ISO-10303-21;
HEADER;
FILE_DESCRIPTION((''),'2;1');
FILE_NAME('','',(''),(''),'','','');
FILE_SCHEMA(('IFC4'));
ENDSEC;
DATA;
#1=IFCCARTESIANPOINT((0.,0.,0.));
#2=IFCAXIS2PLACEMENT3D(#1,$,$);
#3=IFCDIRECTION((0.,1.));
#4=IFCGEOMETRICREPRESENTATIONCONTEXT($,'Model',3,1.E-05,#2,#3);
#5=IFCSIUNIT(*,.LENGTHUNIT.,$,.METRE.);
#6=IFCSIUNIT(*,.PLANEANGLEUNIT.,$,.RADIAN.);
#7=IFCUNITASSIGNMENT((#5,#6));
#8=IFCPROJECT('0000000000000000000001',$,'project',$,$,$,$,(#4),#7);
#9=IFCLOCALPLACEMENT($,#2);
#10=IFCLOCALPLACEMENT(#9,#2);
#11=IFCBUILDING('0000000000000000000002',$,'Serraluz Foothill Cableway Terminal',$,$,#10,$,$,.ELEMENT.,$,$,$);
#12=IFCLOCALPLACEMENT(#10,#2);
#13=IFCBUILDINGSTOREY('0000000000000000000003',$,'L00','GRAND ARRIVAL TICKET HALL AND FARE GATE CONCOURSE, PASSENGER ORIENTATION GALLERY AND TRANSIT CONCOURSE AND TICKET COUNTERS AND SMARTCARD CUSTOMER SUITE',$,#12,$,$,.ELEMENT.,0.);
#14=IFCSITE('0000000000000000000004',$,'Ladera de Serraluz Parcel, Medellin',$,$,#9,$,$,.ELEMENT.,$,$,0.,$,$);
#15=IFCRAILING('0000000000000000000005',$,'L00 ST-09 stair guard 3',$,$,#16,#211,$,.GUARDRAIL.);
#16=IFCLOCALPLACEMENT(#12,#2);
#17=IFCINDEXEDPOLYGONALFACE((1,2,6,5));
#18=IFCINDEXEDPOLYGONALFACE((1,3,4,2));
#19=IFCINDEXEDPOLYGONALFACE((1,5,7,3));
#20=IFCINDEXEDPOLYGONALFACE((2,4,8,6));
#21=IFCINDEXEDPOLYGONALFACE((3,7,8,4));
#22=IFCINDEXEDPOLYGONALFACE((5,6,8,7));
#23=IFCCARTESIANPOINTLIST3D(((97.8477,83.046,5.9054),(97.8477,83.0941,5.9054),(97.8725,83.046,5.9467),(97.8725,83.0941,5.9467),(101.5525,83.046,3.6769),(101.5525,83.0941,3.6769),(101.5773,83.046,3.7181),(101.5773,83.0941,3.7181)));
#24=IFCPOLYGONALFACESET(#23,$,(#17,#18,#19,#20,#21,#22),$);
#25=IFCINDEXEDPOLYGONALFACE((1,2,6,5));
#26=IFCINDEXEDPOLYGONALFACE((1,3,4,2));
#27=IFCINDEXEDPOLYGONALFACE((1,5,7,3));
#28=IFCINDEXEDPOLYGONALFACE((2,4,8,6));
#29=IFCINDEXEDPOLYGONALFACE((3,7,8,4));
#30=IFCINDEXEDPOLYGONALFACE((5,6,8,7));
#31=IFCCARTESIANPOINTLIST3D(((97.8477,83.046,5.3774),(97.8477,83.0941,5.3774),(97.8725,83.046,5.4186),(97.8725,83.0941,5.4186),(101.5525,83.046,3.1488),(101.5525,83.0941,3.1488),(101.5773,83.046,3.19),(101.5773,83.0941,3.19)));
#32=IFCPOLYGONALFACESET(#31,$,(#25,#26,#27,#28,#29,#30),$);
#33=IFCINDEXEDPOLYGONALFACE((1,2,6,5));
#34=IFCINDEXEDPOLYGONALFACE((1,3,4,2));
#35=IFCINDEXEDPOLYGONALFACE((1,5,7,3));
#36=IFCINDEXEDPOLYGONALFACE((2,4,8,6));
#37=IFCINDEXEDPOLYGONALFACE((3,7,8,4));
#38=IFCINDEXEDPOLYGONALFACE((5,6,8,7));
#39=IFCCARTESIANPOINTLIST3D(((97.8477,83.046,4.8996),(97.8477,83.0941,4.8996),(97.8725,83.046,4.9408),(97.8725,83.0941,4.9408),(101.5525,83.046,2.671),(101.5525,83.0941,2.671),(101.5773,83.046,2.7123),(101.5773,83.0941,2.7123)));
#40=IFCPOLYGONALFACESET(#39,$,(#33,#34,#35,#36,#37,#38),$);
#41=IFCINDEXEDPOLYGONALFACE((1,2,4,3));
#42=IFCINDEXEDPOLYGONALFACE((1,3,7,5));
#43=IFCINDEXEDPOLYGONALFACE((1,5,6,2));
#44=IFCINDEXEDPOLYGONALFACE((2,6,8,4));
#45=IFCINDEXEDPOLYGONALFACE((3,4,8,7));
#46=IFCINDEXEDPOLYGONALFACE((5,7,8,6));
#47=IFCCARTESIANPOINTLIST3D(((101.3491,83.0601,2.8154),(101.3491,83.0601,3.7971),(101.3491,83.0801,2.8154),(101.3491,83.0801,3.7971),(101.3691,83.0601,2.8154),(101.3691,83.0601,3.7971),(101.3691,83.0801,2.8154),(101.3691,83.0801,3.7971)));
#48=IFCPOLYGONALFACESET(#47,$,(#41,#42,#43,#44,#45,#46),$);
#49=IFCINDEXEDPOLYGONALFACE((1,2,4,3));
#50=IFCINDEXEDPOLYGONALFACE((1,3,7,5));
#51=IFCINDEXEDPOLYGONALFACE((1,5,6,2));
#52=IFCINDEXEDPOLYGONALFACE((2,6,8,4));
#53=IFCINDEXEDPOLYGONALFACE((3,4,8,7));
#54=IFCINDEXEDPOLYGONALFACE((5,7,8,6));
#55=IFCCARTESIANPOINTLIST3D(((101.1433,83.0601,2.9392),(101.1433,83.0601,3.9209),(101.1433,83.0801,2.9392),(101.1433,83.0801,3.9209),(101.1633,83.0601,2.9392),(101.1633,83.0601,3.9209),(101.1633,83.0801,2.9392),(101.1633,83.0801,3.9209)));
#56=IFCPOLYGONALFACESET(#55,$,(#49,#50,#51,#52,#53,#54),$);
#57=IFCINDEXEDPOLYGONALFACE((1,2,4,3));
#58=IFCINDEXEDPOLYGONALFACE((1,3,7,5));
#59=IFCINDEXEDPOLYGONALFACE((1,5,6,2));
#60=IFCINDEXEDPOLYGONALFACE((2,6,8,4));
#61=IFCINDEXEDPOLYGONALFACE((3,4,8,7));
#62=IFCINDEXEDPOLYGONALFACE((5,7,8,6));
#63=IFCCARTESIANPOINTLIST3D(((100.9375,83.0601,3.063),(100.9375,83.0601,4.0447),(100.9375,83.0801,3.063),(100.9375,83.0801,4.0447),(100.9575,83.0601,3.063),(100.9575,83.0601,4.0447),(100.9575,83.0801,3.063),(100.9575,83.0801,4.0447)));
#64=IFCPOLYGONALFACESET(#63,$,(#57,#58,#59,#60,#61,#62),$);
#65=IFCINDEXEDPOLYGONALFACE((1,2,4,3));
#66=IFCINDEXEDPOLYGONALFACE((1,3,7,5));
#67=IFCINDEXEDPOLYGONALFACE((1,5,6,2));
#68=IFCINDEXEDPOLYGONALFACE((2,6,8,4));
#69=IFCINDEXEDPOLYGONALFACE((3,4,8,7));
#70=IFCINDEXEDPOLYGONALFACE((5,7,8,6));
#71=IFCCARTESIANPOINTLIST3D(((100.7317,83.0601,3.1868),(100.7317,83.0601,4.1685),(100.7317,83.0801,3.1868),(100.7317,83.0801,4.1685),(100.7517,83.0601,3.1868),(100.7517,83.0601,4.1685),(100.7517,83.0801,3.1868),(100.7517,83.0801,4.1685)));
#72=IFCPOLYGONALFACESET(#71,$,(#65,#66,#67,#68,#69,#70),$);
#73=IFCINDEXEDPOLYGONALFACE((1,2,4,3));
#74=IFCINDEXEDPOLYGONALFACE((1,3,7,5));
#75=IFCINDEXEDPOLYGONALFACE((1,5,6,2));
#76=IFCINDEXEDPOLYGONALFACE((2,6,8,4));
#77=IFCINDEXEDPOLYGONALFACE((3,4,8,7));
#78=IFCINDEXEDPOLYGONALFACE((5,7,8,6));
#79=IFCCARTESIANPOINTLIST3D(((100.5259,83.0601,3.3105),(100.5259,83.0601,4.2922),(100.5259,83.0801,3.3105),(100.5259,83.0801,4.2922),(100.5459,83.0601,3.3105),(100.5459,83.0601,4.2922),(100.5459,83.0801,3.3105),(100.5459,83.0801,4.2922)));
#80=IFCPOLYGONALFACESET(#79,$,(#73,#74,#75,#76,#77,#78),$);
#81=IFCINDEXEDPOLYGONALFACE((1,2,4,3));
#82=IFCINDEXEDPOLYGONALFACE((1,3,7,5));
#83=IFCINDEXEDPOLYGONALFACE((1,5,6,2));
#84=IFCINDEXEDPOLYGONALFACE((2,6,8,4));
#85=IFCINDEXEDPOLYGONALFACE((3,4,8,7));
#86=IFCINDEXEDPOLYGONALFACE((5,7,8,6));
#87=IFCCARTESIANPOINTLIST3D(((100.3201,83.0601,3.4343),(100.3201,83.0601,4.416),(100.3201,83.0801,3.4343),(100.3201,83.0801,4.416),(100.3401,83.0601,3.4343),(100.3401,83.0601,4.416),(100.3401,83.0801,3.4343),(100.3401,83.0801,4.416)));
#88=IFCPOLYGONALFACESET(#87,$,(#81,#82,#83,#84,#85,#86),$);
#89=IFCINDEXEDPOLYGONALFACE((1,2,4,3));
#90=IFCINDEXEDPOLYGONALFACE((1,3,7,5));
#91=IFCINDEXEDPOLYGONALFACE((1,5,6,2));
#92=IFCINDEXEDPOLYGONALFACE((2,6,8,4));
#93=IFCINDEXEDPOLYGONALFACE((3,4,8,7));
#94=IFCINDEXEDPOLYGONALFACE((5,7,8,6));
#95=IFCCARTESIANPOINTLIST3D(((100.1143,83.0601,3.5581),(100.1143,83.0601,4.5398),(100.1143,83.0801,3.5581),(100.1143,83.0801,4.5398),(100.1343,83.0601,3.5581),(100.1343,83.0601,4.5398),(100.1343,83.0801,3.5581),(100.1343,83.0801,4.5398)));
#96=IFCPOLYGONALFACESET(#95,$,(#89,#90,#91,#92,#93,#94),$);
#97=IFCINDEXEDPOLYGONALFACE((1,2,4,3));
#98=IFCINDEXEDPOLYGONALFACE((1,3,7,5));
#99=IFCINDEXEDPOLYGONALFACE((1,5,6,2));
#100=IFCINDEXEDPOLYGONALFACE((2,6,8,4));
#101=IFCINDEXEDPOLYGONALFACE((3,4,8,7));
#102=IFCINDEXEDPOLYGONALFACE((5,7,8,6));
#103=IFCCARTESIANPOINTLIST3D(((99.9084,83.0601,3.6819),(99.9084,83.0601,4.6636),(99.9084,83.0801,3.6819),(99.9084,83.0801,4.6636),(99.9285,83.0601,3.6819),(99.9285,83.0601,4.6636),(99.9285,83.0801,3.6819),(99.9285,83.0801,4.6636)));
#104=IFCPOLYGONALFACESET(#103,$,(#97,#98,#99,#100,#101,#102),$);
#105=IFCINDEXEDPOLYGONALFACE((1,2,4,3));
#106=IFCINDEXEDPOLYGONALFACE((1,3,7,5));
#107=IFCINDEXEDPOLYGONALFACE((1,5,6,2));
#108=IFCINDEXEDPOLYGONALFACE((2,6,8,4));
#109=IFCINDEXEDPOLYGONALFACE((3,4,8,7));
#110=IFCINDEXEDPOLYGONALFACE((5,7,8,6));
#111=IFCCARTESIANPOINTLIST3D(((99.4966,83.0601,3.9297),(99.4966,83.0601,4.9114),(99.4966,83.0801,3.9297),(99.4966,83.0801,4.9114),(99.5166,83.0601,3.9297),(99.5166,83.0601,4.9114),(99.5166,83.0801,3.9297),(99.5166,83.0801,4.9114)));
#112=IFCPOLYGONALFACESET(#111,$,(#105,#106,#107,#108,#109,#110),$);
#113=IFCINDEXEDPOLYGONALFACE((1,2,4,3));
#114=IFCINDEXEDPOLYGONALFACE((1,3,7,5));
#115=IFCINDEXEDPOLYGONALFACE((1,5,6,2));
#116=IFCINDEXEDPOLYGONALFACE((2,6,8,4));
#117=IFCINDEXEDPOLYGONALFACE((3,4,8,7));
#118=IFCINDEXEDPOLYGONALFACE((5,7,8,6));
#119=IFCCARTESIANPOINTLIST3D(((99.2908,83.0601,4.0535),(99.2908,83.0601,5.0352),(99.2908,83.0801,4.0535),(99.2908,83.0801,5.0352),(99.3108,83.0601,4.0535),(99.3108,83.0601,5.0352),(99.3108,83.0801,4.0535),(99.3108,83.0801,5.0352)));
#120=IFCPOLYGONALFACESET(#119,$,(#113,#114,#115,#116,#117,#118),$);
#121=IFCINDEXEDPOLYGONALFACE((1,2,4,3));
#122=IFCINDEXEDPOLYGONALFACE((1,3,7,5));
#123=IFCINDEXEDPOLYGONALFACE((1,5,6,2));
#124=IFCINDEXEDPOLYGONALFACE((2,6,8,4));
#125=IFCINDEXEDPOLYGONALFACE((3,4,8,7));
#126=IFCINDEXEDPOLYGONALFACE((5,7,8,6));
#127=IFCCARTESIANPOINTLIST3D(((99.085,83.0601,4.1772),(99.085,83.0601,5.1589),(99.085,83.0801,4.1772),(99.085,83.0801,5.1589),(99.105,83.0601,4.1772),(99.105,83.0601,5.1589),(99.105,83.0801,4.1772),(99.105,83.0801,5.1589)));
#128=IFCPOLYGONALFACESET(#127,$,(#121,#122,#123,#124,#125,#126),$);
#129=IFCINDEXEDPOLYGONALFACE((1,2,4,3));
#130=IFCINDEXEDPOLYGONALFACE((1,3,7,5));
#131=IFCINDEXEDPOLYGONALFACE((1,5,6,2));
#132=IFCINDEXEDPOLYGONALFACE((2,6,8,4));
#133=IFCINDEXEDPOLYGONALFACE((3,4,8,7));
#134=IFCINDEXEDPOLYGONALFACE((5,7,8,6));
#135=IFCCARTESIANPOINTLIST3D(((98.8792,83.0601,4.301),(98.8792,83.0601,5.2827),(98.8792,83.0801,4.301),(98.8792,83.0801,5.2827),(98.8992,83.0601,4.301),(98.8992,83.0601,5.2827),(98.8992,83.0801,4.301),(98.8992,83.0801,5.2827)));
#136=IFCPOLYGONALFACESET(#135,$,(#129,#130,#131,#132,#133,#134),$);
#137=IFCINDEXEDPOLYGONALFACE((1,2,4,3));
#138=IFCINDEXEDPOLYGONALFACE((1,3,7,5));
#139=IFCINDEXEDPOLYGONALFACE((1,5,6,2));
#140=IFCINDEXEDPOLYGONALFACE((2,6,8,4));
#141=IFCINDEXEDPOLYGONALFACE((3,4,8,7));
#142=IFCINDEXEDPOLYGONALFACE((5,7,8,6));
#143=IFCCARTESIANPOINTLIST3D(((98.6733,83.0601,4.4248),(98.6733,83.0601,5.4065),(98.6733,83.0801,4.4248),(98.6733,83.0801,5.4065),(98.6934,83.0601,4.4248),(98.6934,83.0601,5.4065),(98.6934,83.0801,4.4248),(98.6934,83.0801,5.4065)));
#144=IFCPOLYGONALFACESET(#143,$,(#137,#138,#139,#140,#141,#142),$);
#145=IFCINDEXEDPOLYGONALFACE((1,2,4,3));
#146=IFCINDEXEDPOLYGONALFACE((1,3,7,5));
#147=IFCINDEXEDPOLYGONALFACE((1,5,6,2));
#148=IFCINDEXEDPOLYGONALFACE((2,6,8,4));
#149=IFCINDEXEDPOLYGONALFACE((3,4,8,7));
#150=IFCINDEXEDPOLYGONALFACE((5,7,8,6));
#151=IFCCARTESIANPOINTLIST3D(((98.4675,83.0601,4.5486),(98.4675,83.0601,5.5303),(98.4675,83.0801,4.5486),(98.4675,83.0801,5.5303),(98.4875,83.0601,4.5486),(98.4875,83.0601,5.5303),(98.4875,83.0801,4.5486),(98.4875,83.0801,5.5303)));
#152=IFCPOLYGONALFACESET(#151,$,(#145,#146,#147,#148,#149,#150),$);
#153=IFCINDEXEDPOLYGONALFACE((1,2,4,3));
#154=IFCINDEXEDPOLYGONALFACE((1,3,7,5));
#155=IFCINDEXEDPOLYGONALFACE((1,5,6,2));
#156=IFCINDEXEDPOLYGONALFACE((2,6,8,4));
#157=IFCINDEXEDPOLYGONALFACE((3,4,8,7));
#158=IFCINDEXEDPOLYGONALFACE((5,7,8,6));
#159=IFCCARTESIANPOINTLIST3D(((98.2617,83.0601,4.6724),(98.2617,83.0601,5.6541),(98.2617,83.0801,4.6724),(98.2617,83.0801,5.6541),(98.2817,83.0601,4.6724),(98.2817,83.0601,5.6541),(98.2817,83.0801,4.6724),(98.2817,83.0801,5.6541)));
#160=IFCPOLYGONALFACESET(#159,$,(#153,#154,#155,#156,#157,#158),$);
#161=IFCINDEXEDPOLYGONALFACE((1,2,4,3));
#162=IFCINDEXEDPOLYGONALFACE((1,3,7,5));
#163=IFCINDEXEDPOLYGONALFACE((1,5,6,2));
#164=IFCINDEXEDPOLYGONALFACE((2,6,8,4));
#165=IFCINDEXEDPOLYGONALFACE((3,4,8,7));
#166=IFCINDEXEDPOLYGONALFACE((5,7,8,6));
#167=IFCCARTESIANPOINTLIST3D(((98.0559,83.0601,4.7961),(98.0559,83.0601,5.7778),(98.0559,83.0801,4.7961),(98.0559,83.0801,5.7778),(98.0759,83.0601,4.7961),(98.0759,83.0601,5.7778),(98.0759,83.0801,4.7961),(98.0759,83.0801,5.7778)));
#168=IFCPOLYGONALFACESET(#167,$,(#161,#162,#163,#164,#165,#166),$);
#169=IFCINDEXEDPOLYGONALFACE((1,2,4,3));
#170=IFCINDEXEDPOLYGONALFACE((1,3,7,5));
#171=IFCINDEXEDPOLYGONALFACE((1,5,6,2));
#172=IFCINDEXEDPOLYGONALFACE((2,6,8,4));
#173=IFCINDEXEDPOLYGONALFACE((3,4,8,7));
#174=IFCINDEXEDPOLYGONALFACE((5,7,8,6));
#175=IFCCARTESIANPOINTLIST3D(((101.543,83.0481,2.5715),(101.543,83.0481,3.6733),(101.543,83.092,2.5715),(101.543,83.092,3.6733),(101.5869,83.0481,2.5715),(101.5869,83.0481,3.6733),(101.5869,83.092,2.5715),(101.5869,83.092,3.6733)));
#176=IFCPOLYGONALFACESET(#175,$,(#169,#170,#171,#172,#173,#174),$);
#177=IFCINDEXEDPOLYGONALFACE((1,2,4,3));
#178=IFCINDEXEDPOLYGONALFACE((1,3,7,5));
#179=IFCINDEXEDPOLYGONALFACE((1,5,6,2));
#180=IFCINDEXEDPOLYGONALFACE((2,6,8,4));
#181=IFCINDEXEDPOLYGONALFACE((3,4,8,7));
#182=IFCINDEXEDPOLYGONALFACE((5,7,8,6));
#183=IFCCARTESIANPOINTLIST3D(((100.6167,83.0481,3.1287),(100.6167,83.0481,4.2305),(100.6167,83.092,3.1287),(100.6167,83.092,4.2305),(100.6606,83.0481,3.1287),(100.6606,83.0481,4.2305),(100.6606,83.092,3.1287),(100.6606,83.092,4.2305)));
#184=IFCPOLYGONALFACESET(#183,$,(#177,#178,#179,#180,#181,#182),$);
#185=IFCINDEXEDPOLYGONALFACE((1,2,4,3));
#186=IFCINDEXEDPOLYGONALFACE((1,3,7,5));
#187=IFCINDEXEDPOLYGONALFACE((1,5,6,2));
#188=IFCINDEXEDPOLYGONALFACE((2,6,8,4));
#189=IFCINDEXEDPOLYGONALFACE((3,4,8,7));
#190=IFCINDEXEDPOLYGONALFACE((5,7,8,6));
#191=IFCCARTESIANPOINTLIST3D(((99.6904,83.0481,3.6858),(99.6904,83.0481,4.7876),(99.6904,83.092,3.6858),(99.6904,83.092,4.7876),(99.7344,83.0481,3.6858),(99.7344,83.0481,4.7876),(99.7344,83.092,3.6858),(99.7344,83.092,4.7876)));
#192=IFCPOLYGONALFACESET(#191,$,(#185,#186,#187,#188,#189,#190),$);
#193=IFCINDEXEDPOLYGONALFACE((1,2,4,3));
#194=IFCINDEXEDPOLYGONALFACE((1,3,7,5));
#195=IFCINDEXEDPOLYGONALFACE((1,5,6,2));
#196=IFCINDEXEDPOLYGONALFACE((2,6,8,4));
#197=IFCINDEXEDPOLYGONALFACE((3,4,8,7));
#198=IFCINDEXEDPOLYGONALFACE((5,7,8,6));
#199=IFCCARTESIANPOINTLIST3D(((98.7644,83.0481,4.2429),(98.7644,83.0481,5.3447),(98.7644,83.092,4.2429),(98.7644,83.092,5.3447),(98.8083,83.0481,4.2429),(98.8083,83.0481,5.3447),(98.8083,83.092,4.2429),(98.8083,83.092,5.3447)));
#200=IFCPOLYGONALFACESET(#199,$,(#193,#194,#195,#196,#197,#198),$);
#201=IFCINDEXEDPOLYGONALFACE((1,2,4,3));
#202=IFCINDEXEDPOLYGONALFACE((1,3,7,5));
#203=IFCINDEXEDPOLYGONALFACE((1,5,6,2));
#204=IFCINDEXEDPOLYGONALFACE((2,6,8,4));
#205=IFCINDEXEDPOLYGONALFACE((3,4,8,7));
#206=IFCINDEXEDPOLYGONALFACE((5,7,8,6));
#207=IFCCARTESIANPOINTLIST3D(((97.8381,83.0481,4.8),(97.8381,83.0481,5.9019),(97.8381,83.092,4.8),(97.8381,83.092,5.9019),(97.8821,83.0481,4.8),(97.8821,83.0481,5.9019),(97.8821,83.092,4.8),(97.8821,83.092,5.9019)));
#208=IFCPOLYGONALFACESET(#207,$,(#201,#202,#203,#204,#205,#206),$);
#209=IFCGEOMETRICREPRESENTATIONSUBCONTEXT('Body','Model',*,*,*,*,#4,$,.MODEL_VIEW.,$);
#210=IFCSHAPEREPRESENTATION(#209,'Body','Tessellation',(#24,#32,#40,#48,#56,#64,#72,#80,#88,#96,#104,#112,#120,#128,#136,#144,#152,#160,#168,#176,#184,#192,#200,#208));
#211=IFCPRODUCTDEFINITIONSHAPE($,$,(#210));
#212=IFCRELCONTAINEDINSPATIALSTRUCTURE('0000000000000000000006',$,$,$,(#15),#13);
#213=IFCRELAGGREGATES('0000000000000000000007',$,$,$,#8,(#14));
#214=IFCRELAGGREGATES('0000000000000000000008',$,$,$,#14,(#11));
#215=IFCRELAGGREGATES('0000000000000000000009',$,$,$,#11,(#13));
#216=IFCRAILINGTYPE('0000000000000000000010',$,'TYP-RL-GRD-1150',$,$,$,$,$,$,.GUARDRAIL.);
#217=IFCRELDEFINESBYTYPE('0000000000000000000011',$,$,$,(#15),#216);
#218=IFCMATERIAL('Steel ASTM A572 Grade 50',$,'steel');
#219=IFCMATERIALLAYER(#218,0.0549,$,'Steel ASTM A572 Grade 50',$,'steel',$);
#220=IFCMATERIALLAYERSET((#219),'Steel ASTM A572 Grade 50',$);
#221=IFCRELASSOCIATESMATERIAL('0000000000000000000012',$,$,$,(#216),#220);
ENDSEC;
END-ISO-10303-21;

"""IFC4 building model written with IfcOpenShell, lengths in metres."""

from ifc_helpers import new_model, si_unit, direction, frame, origin, origin_2d, place, context, subcontext, project, spatial, rectangle, extrude, material, layer, layer_set, type_object, element, save


model = new_model("IFC4")

# Units and contexts
model_context = context("Model", 3, precision=1e-05, world=origin(), true_north=direction((0.0, 1.0)))
body_context = subcontext(model_context, "Body", "Model", "MODEL_VIEW")
ifc_project = project(units=[si_unit("LENGTHUNIT", "METRE"), si_unit("PLANEANGLEUNIT", "RADIAN")], contexts=[model_context])

# Site, building, storey
site_placement = place(None, origin())
site = spatial("IfcSite", under=ifc_project, at=site_placement, Name="Ladera de Serraluz Parcel, Medellin", CompositionType="ELEMENT", RefElevation=0.0)
building_placement = place(site_placement, origin())
building = spatial("IfcBuilding", under=site, at=building_placement, Name="Serraluz Foothill Cableway Terminal", CompositionType="ELEMENT")
storey_placement = place(building_placement, origin())
storey = spatial("IfcBuildingStorey", under=building, at=storey_placement, Name="L00", Description="GRAND ARRIVAL TICKET HALL AND FARE GATE CONCOURSE, PASSENGER ORIENTATION GALLERY AND TRANSIT CONCOURSE AND TICKET COUNTERS AND SMARTCARD CUSTOMER SUITE", CompositionType="ELEMENT", Elevation=0.0)

# Railing
ifc_material_1 = material(Name="Steel ASTM A572 Grade 50", Category="steel")
ifc_layer_1 = layer(ifc_material_1, 0.0549, Name="Steel ASTM A572 Grade 50", Category="steel")
ifc_layer_set_1 = layer_set([ifc_layer_1], Name="Steel ASTM A572 Grade 50")
railing_type_1 = type_object("IfcRailingType", Name="TYP-RL-GRD-1150", PredefinedType="GUARDRAIL", material=ifc_layer_set_1)
railing_1_placement = place(storey_placement, frame((101.5649, 83.0701, 2.5715)))
element("IfcRailing", 1, at=railing_1_placement, inside=storey, type_object=railing_type_1, Name="L00 ST-09 stair guard 3", PredefinedType="GUARDRAIL", context=body_context, shape_type="SweptSolid", body=[
    extrude(rectangle(XDim=0.0481, YDim=0.0481, at=origin_2d()), frame((0.0, 0.0, 1.126), z_axis=(-0.856919, 0.0, 0.51545), x_axis=(0.0, -1.0, 0.0)), (0.0, 0.0, 1.0), 4.3235),
    extrude(rectangle(XDim=0.0481, YDim=0.0481, at=origin_2d()), frame((0.0, 0.0, 0.5979), z_axis=(-0.856919, 0.0, 0.51545), x_axis=(0.0, -1.0, 0.0)), (0.0, 0.0, 1.0), 4.3235),
    extrude(rectangle(XDim=0.0481, YDim=0.0481, at=origin_2d()), frame((0.0, 0.0, 0.1201), z_axis=(-0.856919, 0.0, 0.51545), x_axis=(0.0, -1.0, 0.0)), (0.0, 0.0, 1.0), 4.3235),
    extrude(rectangle(XDim=0.02, YDim=0.02, at=origin_2d()), frame((-0.2058, 0.0, 0.2439)), (0.0, 0.0, 1.0), 0.9817),
    extrude(rectangle(XDim=0.02, YDim=0.02, at=origin_2d()), frame((-0.4116, 0.0, 0.3677)), (0.0, 0.0, 1.0), 0.9817),
    extrude(rectangle(XDim=0.02, YDim=0.02, at=origin_2d()), frame((-0.6174, 0.0, 0.4915)), (0.0, 0.0, 1.0), 0.9817),
    extrude(rectangle(XDim=0.02, YDim=0.02, at=origin_2d()), frame((-0.8232, 0.0, 0.6152)), (0.0, 0.0, 1.0), 0.9817),
    extrude(rectangle(XDim=0.02, YDim=0.02, at=origin_2d()), frame((-1.0291, 0.0, 0.739)), (0.0, 0.0, 1.0), 0.9817),
    extrude(rectangle(XDim=0.02, YDim=0.02, at=origin_2d()), frame((-1.2349, 0.0, 0.8628)), (0.0, 0.0, 1.0), 0.9817),
    extrude(rectangle(XDim=0.02, YDim=0.02, at=origin_2d()), frame((-1.4407, 0.0, 0.9866)), (0.0, 0.0, 1.0), 0.9817),
    extrude(rectangle(XDim=0.02, YDim=0.02, at=origin_2d()), frame((-1.6465, 0.0, 1.1104)), (0.0, 0.0, 1.0), 0.9817),
    extrude(rectangle(XDim=0.02, YDim=0.02, at=origin_2d()), frame((-2.0583, 0.0, 1.3582)), (0.0, 0.0, 1.0), 0.9817),
    extrude(rectangle(XDim=0.02, YDim=0.02, at=origin_2d()), frame((-2.2642, 0.0, 1.4819)), (0.0, 0.0, 1.0), 0.9817),
    extrude(rectangle(XDim=0.02, YDim=0.02, at=origin_2d()), frame((-2.47, 0.0, 1.6057)), (0.0, 0.0, 1.0), 0.9817),
    extrude(rectangle(XDim=0.02, YDim=0.02, at=origin_2d()), frame((-2.6758, 0.0, 1.7295)), (0.0, 0.0, 1.0), 0.9817),
    extrude(rectangle(XDim=0.02, YDim=0.02, at=origin_2d()), frame((-2.8816, 0.0, 1.8533)), (0.0, 0.0, 1.0), 0.9817),
    extrude(rectangle(XDim=0.02, YDim=0.02, at=origin_2d()), frame((-3.0874, 0.0, 1.9771)), (0.0, 0.0, 1.0), 0.9817),
    extrude(rectangle(XDim=0.02, YDim=0.02, at=origin_2d()), frame((-3.2932, 0.0, 2.1008)), (0.0, 0.0, 1.0), 0.9817),
    extrude(rectangle(XDim=0.02, YDim=0.02, at=origin_2d()), frame((-3.499, 0.0, 2.2246)), (0.0, 0.0, 1.0), 0.9817),
    extrude(rectangle(XDim=0.0439, YDim=0.0439, at=origin_2d()), origin(), (0.0, 0.0, 1.0), 1.1018),
    extrude(rectangle(XDim=0.0439, YDim=0.0439, at=origin_2d()), frame((-0.9263, 0.0, 0.5571)), (0.0, 0.0, 1.0), 1.1018),
    extrude(rectangle(XDim=0.0439, YDim=0.0439, at=origin_2d()), frame((-1.8525, 0.0, 1.1143)), (0.0, 0.0, 1.0), 1.1018),
    extrude(rectangle(XDim=0.0439, YDim=0.0439, at=origin_2d()), frame((-2.7786, 0.0, 1.6714)), (0.0, 0.0, 1.0), 1.1018),
    extrude(rectangle(XDim=0.0439, YDim=0.0439, at=origin_2d()), frame((-3.7048, 0.0, 2.2285)), (0.0, 0.0, 1.0), 1.1018),
])

save(model, "model.ifc")
